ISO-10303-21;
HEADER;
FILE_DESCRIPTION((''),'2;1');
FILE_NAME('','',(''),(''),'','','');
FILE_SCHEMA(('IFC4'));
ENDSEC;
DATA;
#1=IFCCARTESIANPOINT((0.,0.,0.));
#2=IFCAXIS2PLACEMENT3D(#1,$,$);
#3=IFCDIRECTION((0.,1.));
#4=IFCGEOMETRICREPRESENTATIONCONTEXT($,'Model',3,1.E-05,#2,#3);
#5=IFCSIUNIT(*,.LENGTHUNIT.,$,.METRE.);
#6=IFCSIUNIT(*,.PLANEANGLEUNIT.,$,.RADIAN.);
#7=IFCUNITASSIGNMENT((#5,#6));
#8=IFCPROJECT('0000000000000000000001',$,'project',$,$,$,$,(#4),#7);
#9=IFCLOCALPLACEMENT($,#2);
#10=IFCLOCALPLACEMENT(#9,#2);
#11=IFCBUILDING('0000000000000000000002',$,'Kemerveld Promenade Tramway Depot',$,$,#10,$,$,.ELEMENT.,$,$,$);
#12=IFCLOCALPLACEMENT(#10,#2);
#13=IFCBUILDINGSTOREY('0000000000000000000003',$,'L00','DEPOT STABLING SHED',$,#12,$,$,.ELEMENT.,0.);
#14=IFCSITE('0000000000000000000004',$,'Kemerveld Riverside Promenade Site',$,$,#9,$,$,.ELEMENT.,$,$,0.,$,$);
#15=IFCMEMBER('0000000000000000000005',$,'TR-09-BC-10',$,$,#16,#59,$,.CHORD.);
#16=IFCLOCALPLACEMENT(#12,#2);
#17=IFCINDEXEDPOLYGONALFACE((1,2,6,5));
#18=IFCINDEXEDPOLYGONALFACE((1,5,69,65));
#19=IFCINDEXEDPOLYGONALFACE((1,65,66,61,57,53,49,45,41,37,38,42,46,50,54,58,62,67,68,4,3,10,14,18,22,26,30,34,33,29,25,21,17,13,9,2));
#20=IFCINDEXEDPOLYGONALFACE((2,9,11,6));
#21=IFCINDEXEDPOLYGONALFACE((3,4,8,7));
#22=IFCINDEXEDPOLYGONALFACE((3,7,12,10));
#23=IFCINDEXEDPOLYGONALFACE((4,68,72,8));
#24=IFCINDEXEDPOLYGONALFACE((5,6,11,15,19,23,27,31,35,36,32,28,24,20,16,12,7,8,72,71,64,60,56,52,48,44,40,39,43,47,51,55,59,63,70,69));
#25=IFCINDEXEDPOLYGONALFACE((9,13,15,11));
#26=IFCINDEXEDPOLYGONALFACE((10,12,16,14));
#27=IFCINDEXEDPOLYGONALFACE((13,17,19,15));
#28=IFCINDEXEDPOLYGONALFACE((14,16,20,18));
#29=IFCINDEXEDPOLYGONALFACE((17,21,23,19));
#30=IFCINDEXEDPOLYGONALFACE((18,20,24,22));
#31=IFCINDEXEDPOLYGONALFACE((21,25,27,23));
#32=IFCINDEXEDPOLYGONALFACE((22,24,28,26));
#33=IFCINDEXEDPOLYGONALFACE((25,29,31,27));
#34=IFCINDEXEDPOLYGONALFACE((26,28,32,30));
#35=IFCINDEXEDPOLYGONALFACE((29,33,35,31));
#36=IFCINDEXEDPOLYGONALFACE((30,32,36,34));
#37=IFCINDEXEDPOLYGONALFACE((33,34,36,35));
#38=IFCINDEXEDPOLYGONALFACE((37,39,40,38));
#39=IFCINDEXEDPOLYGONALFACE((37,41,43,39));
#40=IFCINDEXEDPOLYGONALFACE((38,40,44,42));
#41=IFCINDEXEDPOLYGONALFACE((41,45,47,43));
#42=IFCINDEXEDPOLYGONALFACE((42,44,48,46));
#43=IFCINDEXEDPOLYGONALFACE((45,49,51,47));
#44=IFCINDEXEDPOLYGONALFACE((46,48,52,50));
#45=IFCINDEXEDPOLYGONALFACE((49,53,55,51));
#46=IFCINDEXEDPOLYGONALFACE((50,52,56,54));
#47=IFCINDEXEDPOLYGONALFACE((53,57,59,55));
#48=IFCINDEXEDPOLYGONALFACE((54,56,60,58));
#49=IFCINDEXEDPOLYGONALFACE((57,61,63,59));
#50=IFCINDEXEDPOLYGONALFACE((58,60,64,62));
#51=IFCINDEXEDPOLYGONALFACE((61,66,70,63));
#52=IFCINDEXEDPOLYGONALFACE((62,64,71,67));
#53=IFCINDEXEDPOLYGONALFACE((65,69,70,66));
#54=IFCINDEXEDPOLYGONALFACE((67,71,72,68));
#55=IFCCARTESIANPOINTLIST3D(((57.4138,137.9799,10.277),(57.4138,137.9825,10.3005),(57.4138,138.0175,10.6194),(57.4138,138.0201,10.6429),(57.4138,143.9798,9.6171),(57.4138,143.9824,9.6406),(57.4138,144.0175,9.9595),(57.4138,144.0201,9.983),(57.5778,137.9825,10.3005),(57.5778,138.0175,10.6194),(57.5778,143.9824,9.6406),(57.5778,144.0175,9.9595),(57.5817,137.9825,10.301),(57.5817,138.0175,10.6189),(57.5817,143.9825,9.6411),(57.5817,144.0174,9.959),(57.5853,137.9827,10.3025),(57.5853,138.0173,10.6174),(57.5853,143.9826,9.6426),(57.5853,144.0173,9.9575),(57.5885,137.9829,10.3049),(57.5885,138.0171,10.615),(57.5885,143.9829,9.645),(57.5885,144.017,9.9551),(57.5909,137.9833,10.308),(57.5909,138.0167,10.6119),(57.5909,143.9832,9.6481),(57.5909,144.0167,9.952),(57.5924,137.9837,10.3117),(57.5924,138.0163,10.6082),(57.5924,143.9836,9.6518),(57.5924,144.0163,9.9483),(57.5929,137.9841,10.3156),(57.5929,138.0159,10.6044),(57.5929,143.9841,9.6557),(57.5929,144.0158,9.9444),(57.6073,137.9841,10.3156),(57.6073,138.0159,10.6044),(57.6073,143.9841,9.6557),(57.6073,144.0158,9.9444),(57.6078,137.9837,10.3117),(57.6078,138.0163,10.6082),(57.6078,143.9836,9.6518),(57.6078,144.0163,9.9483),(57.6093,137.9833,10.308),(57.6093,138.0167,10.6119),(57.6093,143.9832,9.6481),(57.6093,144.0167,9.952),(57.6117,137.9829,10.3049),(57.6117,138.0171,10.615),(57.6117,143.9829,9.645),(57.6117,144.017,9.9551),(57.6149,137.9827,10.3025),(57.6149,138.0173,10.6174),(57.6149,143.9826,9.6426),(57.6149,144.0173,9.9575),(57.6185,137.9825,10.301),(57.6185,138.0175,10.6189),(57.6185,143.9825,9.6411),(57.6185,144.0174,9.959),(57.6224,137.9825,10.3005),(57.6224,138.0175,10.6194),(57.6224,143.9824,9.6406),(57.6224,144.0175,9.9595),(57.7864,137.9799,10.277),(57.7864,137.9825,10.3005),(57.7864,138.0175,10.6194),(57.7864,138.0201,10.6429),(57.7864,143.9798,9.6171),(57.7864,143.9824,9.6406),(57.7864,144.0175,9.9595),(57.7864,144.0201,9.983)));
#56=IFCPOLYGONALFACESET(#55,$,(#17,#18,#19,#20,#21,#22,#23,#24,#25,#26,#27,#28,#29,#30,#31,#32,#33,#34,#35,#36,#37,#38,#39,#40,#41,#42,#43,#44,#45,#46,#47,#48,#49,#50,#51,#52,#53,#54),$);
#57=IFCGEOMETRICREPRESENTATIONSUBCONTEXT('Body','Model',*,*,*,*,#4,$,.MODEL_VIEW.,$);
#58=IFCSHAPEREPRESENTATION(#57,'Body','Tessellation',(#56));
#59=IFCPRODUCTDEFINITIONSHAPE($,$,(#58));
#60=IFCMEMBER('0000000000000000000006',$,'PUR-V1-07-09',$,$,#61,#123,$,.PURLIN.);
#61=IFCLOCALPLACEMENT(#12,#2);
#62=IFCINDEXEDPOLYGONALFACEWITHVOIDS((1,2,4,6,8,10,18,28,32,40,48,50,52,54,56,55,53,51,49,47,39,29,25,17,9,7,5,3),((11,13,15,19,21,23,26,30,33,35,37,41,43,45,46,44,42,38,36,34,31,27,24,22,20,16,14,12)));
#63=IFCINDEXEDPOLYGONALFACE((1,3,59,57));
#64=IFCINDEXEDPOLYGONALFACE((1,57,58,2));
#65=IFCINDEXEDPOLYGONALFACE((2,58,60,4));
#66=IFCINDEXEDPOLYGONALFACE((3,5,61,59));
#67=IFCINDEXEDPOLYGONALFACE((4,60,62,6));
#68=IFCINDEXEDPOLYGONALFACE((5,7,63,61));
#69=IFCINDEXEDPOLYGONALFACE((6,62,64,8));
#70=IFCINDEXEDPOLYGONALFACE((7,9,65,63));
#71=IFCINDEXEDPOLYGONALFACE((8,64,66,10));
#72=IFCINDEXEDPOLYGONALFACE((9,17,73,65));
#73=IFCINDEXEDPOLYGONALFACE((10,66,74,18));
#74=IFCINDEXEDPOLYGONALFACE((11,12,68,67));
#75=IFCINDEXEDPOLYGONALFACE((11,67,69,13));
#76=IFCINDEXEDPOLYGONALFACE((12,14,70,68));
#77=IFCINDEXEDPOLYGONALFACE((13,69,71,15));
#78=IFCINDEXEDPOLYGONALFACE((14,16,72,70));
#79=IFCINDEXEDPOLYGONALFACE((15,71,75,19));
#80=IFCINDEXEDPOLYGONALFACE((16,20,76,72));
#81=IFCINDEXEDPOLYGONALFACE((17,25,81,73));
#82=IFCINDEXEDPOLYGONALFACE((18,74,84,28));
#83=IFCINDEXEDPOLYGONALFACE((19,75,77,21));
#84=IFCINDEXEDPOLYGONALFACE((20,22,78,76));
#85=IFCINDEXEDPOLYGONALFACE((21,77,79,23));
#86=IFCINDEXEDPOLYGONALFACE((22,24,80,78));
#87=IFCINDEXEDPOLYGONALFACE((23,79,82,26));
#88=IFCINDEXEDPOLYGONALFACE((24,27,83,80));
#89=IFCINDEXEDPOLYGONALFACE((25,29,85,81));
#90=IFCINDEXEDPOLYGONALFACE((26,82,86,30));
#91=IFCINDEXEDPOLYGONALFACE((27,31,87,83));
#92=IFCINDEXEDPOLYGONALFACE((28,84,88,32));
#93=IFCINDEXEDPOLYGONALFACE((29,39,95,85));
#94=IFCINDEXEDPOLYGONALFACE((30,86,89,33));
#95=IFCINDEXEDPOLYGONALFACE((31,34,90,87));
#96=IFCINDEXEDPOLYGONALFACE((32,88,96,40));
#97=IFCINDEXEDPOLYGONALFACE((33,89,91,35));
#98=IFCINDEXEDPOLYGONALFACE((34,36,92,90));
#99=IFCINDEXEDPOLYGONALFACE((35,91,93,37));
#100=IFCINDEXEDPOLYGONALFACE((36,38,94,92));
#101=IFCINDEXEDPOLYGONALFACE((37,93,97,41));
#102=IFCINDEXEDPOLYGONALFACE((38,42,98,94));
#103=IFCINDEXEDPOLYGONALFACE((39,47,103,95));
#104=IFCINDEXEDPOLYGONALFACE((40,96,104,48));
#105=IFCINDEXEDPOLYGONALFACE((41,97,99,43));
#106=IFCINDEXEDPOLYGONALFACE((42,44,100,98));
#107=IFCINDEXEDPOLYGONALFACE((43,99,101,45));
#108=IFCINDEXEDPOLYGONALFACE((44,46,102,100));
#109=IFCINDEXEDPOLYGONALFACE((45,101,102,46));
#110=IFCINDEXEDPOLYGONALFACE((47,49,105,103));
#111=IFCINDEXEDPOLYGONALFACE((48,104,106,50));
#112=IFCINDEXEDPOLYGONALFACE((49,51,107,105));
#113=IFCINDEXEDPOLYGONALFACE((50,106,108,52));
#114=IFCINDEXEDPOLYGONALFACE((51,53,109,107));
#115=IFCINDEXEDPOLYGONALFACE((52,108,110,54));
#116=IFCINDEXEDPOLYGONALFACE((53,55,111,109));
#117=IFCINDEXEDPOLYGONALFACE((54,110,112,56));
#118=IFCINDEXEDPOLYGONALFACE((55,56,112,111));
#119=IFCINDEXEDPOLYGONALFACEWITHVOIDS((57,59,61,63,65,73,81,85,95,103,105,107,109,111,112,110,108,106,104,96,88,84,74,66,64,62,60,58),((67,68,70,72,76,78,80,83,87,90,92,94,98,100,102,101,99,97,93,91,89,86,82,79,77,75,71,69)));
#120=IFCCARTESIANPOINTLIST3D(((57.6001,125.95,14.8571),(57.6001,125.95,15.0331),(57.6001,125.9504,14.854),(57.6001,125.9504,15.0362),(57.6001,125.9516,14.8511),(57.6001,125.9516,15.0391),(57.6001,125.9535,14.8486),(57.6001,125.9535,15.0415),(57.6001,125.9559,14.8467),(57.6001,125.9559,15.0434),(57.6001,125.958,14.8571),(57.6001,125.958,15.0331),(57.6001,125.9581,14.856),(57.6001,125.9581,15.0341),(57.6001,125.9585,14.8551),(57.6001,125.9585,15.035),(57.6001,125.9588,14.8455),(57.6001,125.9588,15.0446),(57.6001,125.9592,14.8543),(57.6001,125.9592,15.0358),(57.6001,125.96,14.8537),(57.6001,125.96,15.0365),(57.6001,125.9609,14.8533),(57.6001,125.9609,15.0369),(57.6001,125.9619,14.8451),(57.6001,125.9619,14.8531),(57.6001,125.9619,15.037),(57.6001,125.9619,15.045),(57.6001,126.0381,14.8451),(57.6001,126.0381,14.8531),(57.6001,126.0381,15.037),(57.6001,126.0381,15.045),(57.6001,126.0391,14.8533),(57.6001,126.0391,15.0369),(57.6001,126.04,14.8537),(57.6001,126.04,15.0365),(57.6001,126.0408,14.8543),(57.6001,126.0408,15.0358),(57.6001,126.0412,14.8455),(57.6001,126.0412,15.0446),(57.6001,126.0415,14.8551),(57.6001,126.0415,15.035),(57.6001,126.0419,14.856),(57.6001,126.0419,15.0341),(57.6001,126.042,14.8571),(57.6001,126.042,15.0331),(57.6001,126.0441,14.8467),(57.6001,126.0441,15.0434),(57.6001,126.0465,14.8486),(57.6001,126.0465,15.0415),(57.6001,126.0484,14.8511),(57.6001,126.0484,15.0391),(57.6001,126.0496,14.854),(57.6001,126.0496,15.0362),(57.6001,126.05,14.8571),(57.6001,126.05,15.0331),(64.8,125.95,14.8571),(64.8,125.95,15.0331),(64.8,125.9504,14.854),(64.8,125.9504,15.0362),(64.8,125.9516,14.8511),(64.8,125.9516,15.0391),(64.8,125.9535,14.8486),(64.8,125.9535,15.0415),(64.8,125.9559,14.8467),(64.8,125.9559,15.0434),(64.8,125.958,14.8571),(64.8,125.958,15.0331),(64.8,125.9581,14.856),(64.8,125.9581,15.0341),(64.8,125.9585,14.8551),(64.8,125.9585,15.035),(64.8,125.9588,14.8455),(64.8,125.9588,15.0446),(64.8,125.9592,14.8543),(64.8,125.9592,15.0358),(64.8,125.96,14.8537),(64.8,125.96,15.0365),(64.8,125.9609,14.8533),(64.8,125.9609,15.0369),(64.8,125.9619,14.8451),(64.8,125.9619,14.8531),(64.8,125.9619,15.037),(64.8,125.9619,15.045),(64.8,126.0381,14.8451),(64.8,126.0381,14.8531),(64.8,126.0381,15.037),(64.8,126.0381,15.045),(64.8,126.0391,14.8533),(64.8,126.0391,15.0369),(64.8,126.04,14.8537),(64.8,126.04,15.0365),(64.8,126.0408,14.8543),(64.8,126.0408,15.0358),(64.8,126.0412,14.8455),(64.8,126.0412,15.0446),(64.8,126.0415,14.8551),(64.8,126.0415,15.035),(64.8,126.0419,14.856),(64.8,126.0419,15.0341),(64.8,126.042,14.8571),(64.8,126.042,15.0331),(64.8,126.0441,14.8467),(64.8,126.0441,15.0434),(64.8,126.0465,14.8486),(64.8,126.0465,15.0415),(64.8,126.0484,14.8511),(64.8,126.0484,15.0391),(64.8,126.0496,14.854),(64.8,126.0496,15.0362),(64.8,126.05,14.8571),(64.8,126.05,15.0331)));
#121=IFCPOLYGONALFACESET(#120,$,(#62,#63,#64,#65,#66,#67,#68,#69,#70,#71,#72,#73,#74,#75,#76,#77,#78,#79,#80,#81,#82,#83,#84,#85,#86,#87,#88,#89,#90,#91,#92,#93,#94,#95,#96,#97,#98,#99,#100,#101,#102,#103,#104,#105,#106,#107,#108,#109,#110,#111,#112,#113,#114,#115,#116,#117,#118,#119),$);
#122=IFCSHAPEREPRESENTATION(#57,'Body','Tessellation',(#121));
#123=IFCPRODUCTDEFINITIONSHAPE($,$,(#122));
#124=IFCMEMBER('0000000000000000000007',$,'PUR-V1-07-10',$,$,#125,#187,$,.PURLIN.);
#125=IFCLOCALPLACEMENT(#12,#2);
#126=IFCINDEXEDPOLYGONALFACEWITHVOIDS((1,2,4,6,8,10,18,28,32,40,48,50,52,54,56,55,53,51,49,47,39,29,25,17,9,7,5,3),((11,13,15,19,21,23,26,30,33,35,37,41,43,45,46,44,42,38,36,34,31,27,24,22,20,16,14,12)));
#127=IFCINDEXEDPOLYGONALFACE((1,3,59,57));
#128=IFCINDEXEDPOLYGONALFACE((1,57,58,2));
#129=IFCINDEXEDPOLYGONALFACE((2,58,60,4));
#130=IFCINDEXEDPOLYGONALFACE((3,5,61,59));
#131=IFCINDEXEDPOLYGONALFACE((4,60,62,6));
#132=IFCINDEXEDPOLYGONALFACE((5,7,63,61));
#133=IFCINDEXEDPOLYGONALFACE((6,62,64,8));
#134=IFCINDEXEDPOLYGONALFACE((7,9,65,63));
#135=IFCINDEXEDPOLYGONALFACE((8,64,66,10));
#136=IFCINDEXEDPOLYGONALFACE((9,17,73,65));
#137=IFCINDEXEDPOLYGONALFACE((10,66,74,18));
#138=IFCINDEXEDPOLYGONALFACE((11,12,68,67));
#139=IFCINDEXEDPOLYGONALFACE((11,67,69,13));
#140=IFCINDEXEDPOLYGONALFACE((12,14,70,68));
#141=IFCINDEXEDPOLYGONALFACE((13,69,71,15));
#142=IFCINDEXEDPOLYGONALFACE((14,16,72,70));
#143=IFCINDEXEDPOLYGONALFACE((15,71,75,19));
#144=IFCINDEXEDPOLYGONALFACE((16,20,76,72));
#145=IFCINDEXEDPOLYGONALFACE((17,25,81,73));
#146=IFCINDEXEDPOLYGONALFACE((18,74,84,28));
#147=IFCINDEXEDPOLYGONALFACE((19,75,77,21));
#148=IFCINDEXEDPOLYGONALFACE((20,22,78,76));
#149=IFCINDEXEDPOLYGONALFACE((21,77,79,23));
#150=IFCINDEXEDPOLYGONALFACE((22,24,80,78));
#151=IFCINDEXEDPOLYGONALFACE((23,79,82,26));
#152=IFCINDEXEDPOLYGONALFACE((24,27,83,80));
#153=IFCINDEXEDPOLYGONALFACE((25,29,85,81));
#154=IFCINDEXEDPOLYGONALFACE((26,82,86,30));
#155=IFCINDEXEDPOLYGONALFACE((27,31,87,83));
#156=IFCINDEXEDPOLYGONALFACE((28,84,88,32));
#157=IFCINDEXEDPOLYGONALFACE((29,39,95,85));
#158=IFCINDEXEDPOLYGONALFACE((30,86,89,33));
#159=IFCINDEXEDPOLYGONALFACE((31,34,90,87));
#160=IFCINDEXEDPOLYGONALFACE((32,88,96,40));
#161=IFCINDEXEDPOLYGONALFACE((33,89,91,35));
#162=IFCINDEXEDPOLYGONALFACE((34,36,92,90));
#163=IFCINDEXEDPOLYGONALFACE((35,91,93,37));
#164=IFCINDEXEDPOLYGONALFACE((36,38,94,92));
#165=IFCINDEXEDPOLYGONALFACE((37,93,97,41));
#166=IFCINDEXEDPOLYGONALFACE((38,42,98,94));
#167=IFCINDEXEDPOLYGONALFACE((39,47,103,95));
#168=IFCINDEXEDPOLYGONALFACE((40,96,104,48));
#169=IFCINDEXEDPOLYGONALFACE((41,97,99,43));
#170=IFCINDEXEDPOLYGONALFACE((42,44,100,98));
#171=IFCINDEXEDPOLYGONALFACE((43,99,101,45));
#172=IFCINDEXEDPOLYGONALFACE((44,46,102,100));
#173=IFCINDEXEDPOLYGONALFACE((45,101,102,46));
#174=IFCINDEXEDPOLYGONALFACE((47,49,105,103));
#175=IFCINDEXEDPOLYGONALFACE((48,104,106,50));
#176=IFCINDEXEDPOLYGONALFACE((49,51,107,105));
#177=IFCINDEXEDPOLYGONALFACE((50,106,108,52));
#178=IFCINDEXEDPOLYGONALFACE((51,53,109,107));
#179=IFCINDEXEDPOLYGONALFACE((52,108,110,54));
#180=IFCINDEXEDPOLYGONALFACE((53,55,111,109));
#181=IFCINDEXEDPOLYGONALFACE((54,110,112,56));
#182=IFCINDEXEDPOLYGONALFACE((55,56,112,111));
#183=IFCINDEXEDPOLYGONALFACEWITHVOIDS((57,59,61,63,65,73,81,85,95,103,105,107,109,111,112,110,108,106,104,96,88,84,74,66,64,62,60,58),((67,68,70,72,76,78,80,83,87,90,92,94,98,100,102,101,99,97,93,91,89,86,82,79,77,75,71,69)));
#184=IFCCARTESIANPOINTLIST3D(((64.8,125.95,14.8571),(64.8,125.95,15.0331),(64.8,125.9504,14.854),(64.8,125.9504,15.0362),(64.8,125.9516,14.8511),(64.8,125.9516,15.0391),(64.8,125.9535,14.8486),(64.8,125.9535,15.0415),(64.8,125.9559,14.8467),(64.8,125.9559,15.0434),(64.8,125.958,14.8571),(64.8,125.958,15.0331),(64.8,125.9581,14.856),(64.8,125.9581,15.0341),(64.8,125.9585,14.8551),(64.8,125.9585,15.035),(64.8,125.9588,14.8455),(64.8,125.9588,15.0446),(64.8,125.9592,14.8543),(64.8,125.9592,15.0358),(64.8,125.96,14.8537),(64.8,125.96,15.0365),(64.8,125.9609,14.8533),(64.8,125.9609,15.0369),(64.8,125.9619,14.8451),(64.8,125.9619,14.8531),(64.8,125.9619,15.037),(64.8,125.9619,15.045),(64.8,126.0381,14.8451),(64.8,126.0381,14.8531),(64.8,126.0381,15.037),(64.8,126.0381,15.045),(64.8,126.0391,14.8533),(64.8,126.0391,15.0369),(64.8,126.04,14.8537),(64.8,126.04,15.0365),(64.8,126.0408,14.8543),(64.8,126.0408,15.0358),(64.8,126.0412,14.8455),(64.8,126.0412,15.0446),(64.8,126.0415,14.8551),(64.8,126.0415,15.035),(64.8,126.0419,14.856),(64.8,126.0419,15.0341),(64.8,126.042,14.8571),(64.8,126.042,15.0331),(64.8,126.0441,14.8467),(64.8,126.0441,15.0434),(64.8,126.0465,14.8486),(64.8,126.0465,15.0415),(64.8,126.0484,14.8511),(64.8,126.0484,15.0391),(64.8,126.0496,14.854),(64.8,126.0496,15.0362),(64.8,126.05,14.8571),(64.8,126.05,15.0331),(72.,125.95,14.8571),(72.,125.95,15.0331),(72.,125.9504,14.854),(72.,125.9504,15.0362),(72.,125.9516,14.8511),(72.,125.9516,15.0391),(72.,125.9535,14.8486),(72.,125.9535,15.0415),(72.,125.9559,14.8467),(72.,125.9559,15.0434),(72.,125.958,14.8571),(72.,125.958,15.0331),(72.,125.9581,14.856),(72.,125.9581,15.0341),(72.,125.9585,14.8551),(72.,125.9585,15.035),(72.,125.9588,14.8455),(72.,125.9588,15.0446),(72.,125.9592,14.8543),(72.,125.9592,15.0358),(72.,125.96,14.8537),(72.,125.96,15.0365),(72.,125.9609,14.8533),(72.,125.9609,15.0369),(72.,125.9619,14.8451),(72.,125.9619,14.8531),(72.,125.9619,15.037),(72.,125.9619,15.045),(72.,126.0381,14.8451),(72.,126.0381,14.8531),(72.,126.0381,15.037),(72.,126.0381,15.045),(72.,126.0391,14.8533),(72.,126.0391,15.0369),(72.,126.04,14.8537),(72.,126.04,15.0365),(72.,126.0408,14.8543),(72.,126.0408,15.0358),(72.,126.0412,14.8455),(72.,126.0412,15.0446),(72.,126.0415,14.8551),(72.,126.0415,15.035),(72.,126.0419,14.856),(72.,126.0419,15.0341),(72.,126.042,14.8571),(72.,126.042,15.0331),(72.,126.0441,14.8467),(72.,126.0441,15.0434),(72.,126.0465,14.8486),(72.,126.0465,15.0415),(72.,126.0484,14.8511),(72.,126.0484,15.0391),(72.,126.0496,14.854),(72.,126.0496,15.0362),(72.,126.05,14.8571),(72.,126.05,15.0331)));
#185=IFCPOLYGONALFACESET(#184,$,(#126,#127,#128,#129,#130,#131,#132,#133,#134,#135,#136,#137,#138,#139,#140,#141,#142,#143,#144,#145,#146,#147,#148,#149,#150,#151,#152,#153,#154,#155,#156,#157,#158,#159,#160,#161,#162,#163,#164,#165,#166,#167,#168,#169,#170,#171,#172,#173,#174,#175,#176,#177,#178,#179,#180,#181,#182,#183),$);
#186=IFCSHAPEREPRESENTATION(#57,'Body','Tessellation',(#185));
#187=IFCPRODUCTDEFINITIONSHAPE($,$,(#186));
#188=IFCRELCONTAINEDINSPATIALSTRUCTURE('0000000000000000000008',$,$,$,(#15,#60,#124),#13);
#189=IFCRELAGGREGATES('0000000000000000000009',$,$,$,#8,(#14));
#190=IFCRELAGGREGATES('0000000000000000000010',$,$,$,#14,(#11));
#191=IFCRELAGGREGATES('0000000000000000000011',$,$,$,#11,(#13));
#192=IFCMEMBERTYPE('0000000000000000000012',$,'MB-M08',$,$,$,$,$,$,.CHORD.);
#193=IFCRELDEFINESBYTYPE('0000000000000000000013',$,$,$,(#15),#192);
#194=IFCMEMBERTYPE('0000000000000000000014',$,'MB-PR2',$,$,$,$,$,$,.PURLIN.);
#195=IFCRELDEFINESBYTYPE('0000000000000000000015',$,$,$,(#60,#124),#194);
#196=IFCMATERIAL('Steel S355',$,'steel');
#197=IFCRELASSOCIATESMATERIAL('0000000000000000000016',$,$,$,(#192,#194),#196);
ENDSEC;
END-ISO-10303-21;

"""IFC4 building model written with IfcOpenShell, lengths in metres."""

from ifc_helpers import new_model, si_unit, direction, frame, origin, origin_2d, place, context, subcontext, project, spatial, hollow_rectangle, i_section, extrude, material, material_profile, profile_set, type_object, element, save


model = new_model("IFC4")

# Units and contexts
model_context = context("Model", 3, precision=1e-05, world=origin(), true_north=direction((0.0, 1.0)))
body_context = subcontext(model_context, "Body", "Model", "MODEL_VIEW")
ifc_project = project(units=[si_unit("LENGTHUNIT", "METRE"), si_unit("PLANEANGLEUNIT", "RADIAN")], contexts=[model_context])

# Site, building, storey
site_placement = place(None, origin())
site = spatial("IfcSite", under=ifc_project, at=site_placement, Name="Kemerveld Riverside Promenade Site", CompositionType="ELEMENT", RefElevation=0.0)
building_placement = place(site_placement, origin())
building = spatial("IfcBuilding", under=site, at=building_placement, Name="Kemerveld Promenade Tramway Depot", CompositionType="ELEMENT")
storey_placement = place(building_placement, origin())
storey = spatial("IfcBuildingStorey", under=building, at=storey_placement, Name="L00", Description="DEPOT STABLING SHED", CompositionType="ELEMENT", Elevation=0.0)

# Members
ifc_material_1 = material(Name="Steel S355", Category="steel")
ifc_material_profile_1 = material_profile(ifc_material_1, i_section(OverallWidth=0.3726, OverallDepth=0.3682, WebThickness=0.0144, FlangeThickness=0.0237, FilletRadius=0.0151, at=origin_2d()), Name="356x368x177 UC")
ifc_profile_set_1 = profile_set([ifc_material_profile_1], Name="Steel S355")
member_type_1 = type_object("IfcMemberType", Name="MB-M08", PredefinedType="CHORD", material=ifc_profile_set_1)
for number, where, z_axis, x_axis, name in (
    (1, (57.6001, 138.0, 10.46), (0.0, 0.994006, -0.109326), (-1.0, 0.0, 0.0), "TR-09-BC-10"),
):
    element("IfcMember", number, at=place(storey_placement, frame(where, z_axis=z_axis, x_axis=x_axis)), inside=storey, type_object=member_type_1, Name=name, PredefinedType="CHORD", context=body_context, shape_type="SweptSolid", body=[
        extrude(i_section(OverallWidth=0.3726, OverallDepth=0.3682, WebThickness=0.0144, FlangeThickness=0.0237, FilletRadius=0.0151, at=origin_2d()), origin(), (0.0, 0.0, 1.0), 6.0361),
    ])
ifc_material_profile_2 = material_profile(ifc_material_1, hollow_rectangle(XDim=0.1001, YDim=0.2, WallThickness=0.0081, InnerFilletRadius=0.0039, OuterFilletRadius=0.012, at=origin_2d()), Name="200x100x8.0 RHS")
ifc_profile_set_2 = profile_set([ifc_material_profile_2], Name="Steel S355")
member_type_2 = type_object("IfcMemberType", Name="MB-PR2", PredefinedType="PURLIN", material=ifc_profile_set_2)
for number, where, z_axis, x_axis, name in (
    (2, (57.6001, 126.0, 14.9451), (1.0, 0.0, 0.0), (0.0, 1.0, 0.0), "PUR-V1-07-09"),
    (3, (64.8, 126.0, 14.9451), (1.0, 0.0, 0.0), (0.0, 1.0, 0.0), "PUR-V1-07-10"),
):
    element("IfcMember", number, at=place(storey_placement, frame(where, z_axis=z_axis, x_axis=x_axis)), inside=storey, type_object=member_type_2, Name=name, PredefinedType="PURLIN", context=body_context, shape_type="SweptSolid", body=[
        extrude(hollow_rectangle(XDim=0.1001, YDim=0.2, WallThickness=0.0081, InnerFilletRadius=0.0039, OuterFilletRadius=0.012, at=origin_2d()), origin(), (0.0, 0.0, 1.0), 7.2),
    ])

save(model, "model.ifc")
